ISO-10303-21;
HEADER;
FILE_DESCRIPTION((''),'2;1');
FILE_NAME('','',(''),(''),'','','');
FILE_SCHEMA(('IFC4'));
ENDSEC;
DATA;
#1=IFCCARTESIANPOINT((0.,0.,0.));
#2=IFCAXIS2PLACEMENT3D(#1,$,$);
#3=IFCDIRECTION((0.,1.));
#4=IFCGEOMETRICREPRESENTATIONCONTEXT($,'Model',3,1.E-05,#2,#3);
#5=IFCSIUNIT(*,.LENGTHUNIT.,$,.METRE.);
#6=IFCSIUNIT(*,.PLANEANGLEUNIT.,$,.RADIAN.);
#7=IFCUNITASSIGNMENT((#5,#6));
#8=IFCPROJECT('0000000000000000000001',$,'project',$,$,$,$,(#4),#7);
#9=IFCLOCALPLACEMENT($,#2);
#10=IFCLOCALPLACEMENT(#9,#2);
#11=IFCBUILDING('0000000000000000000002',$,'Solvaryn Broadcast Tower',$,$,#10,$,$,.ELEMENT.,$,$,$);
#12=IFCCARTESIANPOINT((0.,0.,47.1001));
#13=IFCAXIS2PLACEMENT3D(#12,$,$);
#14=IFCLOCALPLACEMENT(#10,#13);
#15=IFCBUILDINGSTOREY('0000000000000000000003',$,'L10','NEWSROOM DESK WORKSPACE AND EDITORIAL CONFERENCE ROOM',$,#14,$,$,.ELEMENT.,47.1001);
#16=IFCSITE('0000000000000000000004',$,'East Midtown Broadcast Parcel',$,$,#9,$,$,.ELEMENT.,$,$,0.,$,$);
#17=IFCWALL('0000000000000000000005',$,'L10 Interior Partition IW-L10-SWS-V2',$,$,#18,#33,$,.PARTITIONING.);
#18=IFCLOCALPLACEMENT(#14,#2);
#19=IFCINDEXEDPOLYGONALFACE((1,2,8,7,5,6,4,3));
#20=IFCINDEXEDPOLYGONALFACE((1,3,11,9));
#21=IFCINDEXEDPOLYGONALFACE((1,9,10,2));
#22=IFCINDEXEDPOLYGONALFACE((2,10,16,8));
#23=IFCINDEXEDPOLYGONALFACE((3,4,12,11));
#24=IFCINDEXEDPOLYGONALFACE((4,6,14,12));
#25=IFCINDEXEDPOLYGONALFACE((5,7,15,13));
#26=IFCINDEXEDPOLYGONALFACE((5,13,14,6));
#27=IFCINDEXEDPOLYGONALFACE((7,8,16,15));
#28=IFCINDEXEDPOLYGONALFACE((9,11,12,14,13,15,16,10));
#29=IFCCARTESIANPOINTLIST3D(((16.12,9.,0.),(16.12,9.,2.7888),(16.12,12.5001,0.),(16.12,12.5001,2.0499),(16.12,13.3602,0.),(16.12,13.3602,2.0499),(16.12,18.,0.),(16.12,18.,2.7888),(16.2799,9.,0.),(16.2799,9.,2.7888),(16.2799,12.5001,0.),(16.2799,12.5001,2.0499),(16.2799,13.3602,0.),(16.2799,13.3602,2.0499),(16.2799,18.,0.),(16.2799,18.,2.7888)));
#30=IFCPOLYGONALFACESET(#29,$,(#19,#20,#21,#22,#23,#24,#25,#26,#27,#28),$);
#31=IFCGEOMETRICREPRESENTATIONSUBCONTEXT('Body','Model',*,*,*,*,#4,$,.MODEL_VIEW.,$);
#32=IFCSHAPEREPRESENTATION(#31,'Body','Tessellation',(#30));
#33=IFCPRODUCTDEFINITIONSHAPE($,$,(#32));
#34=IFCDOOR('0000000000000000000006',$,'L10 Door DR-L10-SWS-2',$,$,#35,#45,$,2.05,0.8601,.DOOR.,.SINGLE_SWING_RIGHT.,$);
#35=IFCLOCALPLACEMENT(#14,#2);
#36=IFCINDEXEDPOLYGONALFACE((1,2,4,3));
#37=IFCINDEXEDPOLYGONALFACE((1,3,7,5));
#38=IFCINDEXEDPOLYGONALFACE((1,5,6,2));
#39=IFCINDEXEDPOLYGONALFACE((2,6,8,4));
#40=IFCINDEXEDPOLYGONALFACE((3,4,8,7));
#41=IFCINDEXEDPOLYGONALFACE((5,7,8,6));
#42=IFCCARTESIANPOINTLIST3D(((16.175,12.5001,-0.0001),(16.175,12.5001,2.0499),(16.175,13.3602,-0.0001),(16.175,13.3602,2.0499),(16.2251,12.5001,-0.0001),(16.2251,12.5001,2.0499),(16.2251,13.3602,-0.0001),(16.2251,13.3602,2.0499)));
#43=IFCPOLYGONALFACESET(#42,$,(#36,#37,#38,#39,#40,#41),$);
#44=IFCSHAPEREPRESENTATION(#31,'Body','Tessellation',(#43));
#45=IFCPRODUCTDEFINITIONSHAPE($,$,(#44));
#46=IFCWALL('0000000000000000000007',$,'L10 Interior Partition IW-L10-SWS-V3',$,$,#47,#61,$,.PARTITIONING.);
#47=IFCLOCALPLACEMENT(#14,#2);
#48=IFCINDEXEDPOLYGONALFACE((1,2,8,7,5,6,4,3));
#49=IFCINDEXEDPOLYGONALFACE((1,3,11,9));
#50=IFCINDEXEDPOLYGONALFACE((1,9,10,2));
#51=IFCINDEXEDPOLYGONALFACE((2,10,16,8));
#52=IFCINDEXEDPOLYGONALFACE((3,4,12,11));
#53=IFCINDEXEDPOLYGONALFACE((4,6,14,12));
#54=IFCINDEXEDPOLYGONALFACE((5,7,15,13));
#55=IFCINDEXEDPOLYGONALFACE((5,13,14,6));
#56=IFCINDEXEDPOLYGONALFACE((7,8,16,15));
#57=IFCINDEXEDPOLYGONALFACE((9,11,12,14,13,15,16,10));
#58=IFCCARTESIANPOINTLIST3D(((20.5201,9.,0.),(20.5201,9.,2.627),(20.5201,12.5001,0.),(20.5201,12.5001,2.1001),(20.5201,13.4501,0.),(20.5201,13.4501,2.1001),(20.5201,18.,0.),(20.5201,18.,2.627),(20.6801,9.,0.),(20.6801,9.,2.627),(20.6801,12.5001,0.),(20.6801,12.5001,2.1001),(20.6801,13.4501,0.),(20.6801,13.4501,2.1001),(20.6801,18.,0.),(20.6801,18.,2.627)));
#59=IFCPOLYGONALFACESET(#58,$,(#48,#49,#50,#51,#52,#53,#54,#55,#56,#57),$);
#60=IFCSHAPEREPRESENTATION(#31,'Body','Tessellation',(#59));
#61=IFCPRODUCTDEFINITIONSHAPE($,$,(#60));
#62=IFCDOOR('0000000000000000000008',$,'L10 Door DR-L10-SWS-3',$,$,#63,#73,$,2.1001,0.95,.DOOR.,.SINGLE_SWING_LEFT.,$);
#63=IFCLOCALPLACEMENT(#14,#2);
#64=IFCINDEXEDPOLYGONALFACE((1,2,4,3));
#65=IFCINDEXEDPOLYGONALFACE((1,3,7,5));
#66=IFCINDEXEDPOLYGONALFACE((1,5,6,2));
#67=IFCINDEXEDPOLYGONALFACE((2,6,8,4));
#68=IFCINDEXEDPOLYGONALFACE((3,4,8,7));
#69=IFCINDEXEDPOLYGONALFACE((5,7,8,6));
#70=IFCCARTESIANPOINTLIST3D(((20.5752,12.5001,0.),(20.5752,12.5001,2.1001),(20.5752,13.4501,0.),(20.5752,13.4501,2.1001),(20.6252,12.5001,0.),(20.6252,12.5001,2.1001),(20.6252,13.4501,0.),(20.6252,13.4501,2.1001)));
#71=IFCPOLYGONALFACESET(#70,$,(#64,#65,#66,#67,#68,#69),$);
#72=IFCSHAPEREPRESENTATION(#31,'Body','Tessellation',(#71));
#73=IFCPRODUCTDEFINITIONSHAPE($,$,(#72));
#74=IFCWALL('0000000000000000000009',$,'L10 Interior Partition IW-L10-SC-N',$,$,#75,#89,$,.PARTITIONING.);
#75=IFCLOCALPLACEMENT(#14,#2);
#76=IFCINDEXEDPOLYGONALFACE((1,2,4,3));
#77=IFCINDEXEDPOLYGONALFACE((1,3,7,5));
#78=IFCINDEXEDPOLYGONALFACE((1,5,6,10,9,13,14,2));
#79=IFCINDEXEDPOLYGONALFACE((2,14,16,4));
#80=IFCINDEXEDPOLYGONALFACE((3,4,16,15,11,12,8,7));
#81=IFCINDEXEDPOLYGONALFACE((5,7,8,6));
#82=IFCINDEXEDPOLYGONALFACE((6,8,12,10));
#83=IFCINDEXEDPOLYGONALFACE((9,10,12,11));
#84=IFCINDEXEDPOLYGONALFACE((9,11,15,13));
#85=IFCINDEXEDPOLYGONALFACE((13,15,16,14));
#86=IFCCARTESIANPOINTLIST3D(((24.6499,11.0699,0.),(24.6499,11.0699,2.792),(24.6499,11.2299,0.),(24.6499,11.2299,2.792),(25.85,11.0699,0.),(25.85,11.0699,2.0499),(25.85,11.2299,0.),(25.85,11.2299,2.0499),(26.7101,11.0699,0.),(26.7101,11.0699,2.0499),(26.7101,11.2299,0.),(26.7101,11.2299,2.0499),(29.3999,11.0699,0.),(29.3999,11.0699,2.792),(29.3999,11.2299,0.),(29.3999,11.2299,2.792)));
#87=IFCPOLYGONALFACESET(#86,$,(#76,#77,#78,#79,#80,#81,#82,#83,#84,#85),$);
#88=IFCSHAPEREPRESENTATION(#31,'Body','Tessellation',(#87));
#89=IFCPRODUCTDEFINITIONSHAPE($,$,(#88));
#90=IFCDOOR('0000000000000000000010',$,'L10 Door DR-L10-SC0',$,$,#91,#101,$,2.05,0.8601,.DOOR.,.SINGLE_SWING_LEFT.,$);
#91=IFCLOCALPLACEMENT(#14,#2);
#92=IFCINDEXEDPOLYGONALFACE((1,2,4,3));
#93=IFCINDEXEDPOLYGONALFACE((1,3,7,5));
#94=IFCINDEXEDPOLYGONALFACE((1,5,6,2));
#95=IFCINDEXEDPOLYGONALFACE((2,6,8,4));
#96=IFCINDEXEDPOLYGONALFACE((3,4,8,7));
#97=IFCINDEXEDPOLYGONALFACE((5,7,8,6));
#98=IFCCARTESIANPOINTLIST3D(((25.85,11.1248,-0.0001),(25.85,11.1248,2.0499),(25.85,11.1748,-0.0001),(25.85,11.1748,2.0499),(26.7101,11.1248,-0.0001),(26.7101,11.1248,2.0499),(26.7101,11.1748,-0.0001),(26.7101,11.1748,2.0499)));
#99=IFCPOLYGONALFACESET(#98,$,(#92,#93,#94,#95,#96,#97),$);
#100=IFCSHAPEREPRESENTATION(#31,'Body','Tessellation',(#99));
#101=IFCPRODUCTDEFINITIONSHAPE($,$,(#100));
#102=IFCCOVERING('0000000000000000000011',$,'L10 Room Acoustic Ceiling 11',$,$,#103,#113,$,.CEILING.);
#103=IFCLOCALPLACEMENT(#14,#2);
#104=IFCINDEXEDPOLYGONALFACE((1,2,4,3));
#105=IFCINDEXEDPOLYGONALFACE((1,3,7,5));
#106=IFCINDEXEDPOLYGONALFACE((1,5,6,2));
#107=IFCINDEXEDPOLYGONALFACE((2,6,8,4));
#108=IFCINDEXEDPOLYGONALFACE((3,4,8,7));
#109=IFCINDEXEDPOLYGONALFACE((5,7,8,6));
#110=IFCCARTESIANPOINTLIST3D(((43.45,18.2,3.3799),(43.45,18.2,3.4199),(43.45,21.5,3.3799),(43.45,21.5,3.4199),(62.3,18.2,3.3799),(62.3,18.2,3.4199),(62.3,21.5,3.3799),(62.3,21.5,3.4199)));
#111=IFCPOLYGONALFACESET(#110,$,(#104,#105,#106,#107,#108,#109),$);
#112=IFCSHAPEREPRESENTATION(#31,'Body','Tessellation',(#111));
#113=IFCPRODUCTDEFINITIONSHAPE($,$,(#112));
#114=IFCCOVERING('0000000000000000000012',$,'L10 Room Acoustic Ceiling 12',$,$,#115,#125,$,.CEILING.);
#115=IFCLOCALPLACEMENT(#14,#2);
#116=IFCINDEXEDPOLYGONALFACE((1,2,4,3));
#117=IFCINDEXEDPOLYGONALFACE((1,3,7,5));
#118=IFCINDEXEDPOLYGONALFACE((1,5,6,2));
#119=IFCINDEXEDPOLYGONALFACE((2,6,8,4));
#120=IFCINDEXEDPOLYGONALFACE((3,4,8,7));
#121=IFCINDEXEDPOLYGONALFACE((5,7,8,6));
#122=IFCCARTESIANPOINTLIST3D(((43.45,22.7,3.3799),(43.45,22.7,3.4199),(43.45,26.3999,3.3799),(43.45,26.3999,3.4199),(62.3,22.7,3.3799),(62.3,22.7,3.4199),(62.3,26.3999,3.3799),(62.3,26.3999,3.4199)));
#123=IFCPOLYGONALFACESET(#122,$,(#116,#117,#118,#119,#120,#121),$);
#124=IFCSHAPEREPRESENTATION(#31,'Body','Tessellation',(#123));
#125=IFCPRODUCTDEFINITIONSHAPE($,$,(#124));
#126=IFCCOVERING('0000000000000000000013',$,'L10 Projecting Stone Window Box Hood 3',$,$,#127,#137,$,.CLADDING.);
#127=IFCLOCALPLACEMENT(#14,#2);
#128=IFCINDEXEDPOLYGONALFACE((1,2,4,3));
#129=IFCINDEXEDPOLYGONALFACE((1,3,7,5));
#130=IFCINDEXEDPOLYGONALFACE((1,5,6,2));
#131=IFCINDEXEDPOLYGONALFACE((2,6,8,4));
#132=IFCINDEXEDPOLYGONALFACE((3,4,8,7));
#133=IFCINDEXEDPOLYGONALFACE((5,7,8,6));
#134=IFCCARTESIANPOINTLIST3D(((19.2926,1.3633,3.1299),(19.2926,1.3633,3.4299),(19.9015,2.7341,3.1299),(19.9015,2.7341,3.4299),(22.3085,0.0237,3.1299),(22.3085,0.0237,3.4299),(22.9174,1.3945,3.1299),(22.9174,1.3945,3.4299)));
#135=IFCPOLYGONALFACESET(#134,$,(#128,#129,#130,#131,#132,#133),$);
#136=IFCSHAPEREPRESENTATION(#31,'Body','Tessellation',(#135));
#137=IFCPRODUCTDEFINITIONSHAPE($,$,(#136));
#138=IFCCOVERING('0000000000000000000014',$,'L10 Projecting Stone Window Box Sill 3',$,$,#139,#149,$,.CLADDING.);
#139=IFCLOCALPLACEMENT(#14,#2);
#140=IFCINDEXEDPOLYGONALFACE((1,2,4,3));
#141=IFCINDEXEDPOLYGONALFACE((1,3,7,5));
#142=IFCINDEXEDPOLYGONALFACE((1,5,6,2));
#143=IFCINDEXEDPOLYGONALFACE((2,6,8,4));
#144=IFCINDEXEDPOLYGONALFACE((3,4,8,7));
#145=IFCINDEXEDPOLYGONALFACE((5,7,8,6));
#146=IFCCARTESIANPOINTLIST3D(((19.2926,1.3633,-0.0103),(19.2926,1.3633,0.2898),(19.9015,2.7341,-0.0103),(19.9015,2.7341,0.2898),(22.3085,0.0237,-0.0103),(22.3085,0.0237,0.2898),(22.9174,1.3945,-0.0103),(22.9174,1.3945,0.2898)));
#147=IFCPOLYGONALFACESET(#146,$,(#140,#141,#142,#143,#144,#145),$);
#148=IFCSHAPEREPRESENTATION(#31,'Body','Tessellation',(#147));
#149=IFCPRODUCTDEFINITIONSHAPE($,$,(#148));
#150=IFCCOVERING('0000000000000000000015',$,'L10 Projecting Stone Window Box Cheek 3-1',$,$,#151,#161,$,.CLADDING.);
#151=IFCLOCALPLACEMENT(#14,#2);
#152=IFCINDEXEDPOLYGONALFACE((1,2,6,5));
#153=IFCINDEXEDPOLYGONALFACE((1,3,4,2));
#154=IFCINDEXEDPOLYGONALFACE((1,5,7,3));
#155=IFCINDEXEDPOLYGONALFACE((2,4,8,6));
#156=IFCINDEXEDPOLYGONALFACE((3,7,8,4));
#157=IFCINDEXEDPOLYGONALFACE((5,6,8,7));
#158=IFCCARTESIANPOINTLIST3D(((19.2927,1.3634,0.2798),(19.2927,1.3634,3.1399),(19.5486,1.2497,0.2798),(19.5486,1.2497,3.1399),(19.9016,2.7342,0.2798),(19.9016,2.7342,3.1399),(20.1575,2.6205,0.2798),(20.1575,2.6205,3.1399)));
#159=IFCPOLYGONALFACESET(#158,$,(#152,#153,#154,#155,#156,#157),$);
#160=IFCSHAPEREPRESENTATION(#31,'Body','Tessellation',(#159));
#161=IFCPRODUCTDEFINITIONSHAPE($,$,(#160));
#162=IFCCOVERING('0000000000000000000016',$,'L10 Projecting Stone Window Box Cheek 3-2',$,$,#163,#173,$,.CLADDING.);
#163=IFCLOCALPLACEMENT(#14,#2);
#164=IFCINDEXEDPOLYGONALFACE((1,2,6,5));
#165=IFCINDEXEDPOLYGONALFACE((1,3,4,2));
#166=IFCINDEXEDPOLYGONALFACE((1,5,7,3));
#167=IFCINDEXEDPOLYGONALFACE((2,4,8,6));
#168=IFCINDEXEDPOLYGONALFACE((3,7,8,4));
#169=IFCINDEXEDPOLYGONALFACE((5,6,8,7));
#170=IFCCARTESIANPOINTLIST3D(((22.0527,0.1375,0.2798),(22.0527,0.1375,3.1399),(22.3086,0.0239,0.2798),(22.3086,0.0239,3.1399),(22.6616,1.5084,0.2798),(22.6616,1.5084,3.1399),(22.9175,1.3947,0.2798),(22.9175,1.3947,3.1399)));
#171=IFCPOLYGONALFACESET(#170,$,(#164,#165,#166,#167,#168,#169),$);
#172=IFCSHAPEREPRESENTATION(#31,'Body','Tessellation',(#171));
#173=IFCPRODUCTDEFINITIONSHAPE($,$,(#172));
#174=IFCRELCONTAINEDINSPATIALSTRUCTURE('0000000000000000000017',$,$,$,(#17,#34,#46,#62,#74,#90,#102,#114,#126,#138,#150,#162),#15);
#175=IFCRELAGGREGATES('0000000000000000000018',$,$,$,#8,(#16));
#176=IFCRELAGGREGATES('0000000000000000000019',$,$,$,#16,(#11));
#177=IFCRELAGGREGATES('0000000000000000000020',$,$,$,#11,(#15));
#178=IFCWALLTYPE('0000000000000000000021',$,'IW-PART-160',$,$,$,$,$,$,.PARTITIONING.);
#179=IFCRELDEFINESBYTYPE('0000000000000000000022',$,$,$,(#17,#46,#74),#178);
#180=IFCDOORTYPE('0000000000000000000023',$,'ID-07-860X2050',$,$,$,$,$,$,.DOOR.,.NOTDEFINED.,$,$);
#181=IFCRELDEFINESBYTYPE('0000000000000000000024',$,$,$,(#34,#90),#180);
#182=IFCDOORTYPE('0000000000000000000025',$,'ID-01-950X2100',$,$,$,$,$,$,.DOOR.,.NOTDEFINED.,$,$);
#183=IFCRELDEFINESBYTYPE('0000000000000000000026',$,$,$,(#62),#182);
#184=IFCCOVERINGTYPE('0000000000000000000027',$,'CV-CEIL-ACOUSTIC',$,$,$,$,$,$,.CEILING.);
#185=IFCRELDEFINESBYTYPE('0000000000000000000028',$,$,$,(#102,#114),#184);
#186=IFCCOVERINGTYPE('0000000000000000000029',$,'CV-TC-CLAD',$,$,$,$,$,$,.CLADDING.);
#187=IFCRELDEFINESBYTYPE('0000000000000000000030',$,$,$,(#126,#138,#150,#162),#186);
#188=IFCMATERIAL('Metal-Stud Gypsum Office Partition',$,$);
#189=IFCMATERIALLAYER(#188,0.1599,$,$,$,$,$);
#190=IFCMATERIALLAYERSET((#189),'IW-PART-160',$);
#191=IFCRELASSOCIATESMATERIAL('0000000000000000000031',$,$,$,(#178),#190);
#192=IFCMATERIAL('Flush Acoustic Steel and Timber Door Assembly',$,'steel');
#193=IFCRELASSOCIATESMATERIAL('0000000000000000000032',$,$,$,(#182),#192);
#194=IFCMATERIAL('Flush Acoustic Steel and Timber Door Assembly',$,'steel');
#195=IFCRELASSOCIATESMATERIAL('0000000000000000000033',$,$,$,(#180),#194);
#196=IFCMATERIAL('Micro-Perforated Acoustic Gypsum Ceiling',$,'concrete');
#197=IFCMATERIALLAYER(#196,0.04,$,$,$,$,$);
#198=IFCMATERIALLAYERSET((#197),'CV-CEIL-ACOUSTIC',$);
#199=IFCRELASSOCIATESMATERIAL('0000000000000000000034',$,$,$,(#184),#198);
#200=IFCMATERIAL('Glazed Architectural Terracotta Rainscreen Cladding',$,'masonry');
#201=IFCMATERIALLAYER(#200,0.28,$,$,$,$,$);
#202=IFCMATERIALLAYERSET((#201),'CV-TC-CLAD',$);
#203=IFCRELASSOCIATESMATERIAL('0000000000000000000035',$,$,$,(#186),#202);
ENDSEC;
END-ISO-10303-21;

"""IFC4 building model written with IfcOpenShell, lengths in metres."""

from ifc_helpers import new_model, si_unit, direction, frame, frame_2d, origin, origin_2d, place, context, subcontext, project, spatial, polyline, rectangle, outline, extrude, material, layer, layer_set, type_object, element, fill, save


model = new_model("IFC4")

# Units and contexts
model_context = context("Model", 3, precision=1e-05, world=origin(), true_north=direction((0.0, 1.0)))
body_context = subcontext(model_context, "Body", "Model", "MODEL_VIEW")
ifc_project = project(units=[si_unit("LENGTHUNIT", "METRE"), si_unit("PLANEANGLEUNIT", "RADIAN")], contexts=[model_context])

# Site, building, storey
site_placement = place(None, origin())
site = spatial("IfcSite", under=ifc_project, at=site_placement, Name="East Midtown Broadcast Parcel", CompositionType="ELEMENT", RefElevation=0.0)
building_placement = place(site_placement, origin())
building = spatial("IfcBuilding", under=site, at=building_placement, Name="Solvaryn Broadcast Tower", CompositionType="ELEMENT")
storey_placement = place(building_placement, frame((0.0, 0.0, 47.1001)))
storey = spatial("IfcBuildingStorey", under=building, at=storey_placement, Name="L10", Description="NEWSROOM DESK WORKSPACE AND EDITORIAL CONFERENCE ROOM", CompositionType="ELEMENT", Elevation=47.1001)

# Shared definitions
ifc_material_1 = material(Name="Metal-Stud Gypsum Office Partition")
ifc_layer_1 = layer(ifc_material_1, 0.1599)
ifc_layer_set_1 = layer_set([ifc_layer_1], Name="IW-PART-160")
wall_type = type_object("IfcWallType", Name="IW-PART-160", PredefinedType="PARTITIONING", material=ifc_layer_set_1)
ifc_material_2 = material(Name="Flush Acoustic Steel and Timber Door Assembly", Category="steel")
door_type_1 = type_object("IfcDoorType", Name="ID-01-950X2100", OperationType="NOTDEFINED", PredefinedType="DOOR", material=ifc_material_2)

# Walls, openings, doors
wall_1_placement = place(storey_placement, frame((16.2, 9.0, 0.0), z_axis=(0.0, 0.0, 1.0), x_axis=(0.0, 1.0, 0.0)))
wall_1 = element("IfcWall", 1, at=wall_1_placement, inside=storey, type_object=wall_type, Name="L10 Interior Partition IW-L10-SWS-V2", PredefinedType="PARTITIONING", context=body_context, shape_type="SweptSolid", body=[
    extrude(rectangle(XDim=9.0, YDim=0.1599, at=frame_2d((4.5, 0.0))), origin(), (0.0, 0.0, 1.0), 2.7888),
])
opening_1_placement = place(wall_1_placement, frame((3.5, 0.0, 0.0)))
opening_1 = element("IfcOpeningElement", 2, at=opening_1_placement, cuts=wall_1, PredefinedType="OPENING", context=body_context, shape_type="SweptSolid", body=[
    extrude(rectangle(XDim=0.8601, YDim=2.05, at=frame_2d((0.4302, 1.0249))), frame((0.0, 0.0901, 0.0), z_axis=(0.0, -1.0, 0.0), x_axis=(1.0, 0.0, 0.0)), (0.0, 0.0, 1.0), 0.1799),
])
ifc_material_3 = material(Name="Flush Acoustic Steel and Timber Door Assembly", Category="steel")
door_type_2 = type_object("IfcDoorType", Name="ID-07-860X2050", OperationType="NOTDEFINED", PredefinedType="DOOR", material=ifc_material_3)
door_1_placement = place(opening_1_placement, origin())
door_1 = element("IfcDoor", 3, at=door_1_placement, inside=storey, type_object=door_type_2, Name="L10 Door DR-L10-SWS-2", OperationType="SINGLE_SWING_RIGHT", OverallHeight=2.05, OverallWidth=0.8601, PredefinedType="DOOR", context=body_context, shape_type="SweptSolid", body=[
    extrude(rectangle(XDim=0.8601, YDim=2.05, at=frame_2d((0.4302, 1.0249))), frame((0.0, 0.0249, 0.0), z_axis=(0.0, -1.0, 0.0), x_axis=(1.0, 0.0, 0.0)), (0.0, 0.0, 1.0), 0.05),
])
fill(opening_1, door_1)
wall_2_placement = place(storey_placement, frame((20.6001, 9.0, 0.0), z_axis=(0.0, 0.0, 1.0), x_axis=(0.0, 1.0, 0.0)))
wall_2 = element("IfcWall", 4, at=wall_2_placement, inside=storey, type_object=wall_type, Name="L10 Interior Partition IW-L10-SWS-V3", PredefinedType="PARTITIONING", context=body_context, shape_type="SweptSolid", body=[
    extrude(rectangle(XDim=9.0, YDim=0.1599, at=frame_2d((4.5, 0.0))), origin(), (0.0, 0.0, 1.0), 2.627),
])
opening_2_placement = place(wall_2_placement, frame((3.5, 0.0, 0.0)))
opening_2 = element("IfcOpeningElement", 5, at=opening_2_placement, cuts=wall_2, PredefinedType="OPENING", context=body_context, shape_type="SweptSolid", body=[
    extrude(rectangle(XDim=0.95, YDim=2.1001, at=frame_2d((0.4751, 1.05))), frame((0.0, 0.0901, 0.0), z_axis=(0.0, -1.0, 0.0), x_axis=(1.0, 0.0, 0.0)), (0.0, 0.0, 1.0), 0.1799),
])
door_2_placement = place(opening_2_placement, origin())
door_2 = element("IfcDoor", 6, at=door_2_placement, inside=storey, type_object=door_type_1, Name="L10 Door DR-L10-SWS-3", OperationType="SINGLE_SWING_LEFT", OverallHeight=2.1001, OverallWidth=0.95, PredefinedType="DOOR", context=body_context, shape_type="SweptSolid", body=[
    extrude(rectangle(XDim=0.95, YDim=2.1001, at=frame_2d((0.4751, 1.05))), frame((0.0, 0.0249, 0.0), z_axis=(0.0, -1.0, 0.0), x_axis=(1.0, 0.0, 0.0)), (0.0, 0.0, 1.0), 0.05),
])
fill(opening_2, door_2)
wall_3_placement = place(storey_placement, frame((24.6499, 11.1499, 0.0), z_axis=(0.0, 0.0, 1.0), x_axis=(1.0, 0.0, 0.0)))
wall_3 = element("IfcWall", 7, at=wall_3_placement, inside=storey, type_object=wall_type, Name="L10 Interior Partition IW-L10-SC-N", PredefinedType="PARTITIONING", context=body_context, shape_type="SweptSolid", body=[
    extrude(rectangle(XDim=4.75, YDim=0.1599, at=frame_2d((2.375, 0.0))), origin(), (0.0, 0.0, 1.0), 2.792),
])
opening_3_placement = place(wall_3_placement, frame((1.2, 0.0, 0.0)))
opening_3 = element("IfcOpeningElement", 8, at=opening_3_placement, cuts=wall_3, PredefinedType="OPENING", context=body_context, shape_type="SweptSolid", body=[
    extrude(rectangle(XDim=0.8601, YDim=2.05, at=frame_2d((0.4302, 1.0249))), frame((0.0, 0.0901, 0.0), z_axis=(0.0, -1.0, 0.0), x_axis=(1.0, 0.0, 0.0)), (0.0, 0.0, 1.0), 0.1799),
])
door_3_placement = place(opening_3_placement, origin())
door_3 = element("IfcDoor", 9, at=door_3_placement, inside=storey, type_object=door_type_2, Name="L10 Door DR-L10-SC0", OperationType="SINGLE_SWING_LEFT", OverallHeight=2.05, OverallWidth=0.8601, PredefinedType="DOOR", context=body_context, shape_type="SweptSolid", body=[
    extrude(rectangle(XDim=0.8601, YDim=2.05, at=frame_2d((0.4302, 1.0249))), frame((0.0, 0.0249, 0.0), z_axis=(0.0, -1.0, 0.0), x_axis=(1.0, 0.0, 0.0)), (0.0, 0.0, 1.0), 0.05),
])
fill(opening_3, door_3)

# Coverings
ifc_material_4 = material(Name="Micro-Perforated Acoustic Gypsum Ceiling", Category="concrete")
ifc_layer_2 = layer(ifc_material_4, 0.04)
ifc_layer_set_2 = layer_set([ifc_layer_2], Name="CV-CEIL-ACOUSTIC")
covering_type_1 = type_object("IfcCoveringType", Name="CV-CEIL-ACOUSTIC", PredefinedType="CEILING", material=ifc_layer_set_2)
covering_1_placement = place(storey_placement, frame((0.0, 0.0, 3.3799)))
element("IfcCovering", 10, at=covering_1_placement, inside=storey, type_object=covering_type_1, Name="L10 Room Acoustic Ceiling 11", PredefinedType="CEILING", context=body_context, shape_type="SweptSolid", body=[
    extrude(outline(polyline([(43.45, 18.2), (62.3, 18.2), (62.3, 21.5), (43.45, 21.5), (43.45, 18.2)])), origin(), (0.0, 0.0, 1.0), 0.04),
])
covering_2_placement = place(storey_placement, frame((0.0, 0.0, 3.3799)))
element("IfcCovering", 11, at=covering_2_placement, inside=storey, type_object=covering_type_1, Name="L10 Room Acoustic Ceiling 12", PredefinedType="CEILING", context=body_context, shape_type="SweptSolid", body=[
    extrude(outline(polyline([(43.45, 22.7), (62.3, 22.7), (62.3, 26.3999), (43.45, 26.3999), (43.45, 22.7)])), origin(), (0.0, 0.0, 1.0), 0.04),
])
ifc_material_5 = material(Name="Glazed Architectural Terracotta Rainscreen Cladding", Category="masonry")
ifc_layer_3 = layer(ifc_material_5, 0.28)
ifc_layer_set_3 = layer_set([ifc_layer_3], Name="CV-TC-CLAD")
covering_type_2 = type_object("IfcCoveringType", Name="CV-TC-CLAD", PredefinedType="CLADDING", material=ifc_layer_set_3)
for number, where, z_axis, x_axis, name in (
    (12, (21.105, 1.3789, 3.1299), (0.0, 0.0, 1.0), (0.9139, -0.405939, 0.0), "L10 Projecting Stone Window Box Hood 3"),
    (13, (21.105, 1.3789, -0.0103), (0.0, 0.0, 1.0), (0.9139, -0.405939, 0.0), "L10 Projecting Stone Window Box Sill 3"),
):
    element("IfcCovering", number, at=place(storey_placement, frame(where, z_axis=z_axis, x_axis=x_axis)), inside=storey, type_object=covering_type_2, Name=name, PredefinedType="CLADDING", context=body_context, shape_type="SweptSolid", body=[
        extrude(rectangle(XDim=3.3, YDim=1.5, at=origin_2d()), origin(), (0.0, 0.0, 1.0), 0.3),
    ])
for number, where, z_axis, x_axis, name in (
    (14, (19.7251, 1.9919, 0.2798), (0.0, 0.0, 1.0), (0.9139, -0.405939, 0.0), "L10 Projecting Stone Window Box Cheek 3-1"),
    (15, (22.4851, 0.7661, 0.2798), (0.0, 0.0, 1.0), (0.9139, -0.405939, 0.0), "L10 Projecting Stone Window Box Cheek 3-2"),
):
    element("IfcCovering", number, at=place(storey_placement, frame(where, z_axis=z_axis, x_axis=x_axis)), inside=storey, type_object=covering_type_2, Name=name, PredefinedType="CLADDING", context=body_context, shape_type="SweptSolid", body=[
        extrude(rectangle(XDim=0.28, YDim=1.5, at=origin_2d()), origin(), (0.0, 0.0, 1.0), 2.8601),
    ])

save(model, "model.ifc")
